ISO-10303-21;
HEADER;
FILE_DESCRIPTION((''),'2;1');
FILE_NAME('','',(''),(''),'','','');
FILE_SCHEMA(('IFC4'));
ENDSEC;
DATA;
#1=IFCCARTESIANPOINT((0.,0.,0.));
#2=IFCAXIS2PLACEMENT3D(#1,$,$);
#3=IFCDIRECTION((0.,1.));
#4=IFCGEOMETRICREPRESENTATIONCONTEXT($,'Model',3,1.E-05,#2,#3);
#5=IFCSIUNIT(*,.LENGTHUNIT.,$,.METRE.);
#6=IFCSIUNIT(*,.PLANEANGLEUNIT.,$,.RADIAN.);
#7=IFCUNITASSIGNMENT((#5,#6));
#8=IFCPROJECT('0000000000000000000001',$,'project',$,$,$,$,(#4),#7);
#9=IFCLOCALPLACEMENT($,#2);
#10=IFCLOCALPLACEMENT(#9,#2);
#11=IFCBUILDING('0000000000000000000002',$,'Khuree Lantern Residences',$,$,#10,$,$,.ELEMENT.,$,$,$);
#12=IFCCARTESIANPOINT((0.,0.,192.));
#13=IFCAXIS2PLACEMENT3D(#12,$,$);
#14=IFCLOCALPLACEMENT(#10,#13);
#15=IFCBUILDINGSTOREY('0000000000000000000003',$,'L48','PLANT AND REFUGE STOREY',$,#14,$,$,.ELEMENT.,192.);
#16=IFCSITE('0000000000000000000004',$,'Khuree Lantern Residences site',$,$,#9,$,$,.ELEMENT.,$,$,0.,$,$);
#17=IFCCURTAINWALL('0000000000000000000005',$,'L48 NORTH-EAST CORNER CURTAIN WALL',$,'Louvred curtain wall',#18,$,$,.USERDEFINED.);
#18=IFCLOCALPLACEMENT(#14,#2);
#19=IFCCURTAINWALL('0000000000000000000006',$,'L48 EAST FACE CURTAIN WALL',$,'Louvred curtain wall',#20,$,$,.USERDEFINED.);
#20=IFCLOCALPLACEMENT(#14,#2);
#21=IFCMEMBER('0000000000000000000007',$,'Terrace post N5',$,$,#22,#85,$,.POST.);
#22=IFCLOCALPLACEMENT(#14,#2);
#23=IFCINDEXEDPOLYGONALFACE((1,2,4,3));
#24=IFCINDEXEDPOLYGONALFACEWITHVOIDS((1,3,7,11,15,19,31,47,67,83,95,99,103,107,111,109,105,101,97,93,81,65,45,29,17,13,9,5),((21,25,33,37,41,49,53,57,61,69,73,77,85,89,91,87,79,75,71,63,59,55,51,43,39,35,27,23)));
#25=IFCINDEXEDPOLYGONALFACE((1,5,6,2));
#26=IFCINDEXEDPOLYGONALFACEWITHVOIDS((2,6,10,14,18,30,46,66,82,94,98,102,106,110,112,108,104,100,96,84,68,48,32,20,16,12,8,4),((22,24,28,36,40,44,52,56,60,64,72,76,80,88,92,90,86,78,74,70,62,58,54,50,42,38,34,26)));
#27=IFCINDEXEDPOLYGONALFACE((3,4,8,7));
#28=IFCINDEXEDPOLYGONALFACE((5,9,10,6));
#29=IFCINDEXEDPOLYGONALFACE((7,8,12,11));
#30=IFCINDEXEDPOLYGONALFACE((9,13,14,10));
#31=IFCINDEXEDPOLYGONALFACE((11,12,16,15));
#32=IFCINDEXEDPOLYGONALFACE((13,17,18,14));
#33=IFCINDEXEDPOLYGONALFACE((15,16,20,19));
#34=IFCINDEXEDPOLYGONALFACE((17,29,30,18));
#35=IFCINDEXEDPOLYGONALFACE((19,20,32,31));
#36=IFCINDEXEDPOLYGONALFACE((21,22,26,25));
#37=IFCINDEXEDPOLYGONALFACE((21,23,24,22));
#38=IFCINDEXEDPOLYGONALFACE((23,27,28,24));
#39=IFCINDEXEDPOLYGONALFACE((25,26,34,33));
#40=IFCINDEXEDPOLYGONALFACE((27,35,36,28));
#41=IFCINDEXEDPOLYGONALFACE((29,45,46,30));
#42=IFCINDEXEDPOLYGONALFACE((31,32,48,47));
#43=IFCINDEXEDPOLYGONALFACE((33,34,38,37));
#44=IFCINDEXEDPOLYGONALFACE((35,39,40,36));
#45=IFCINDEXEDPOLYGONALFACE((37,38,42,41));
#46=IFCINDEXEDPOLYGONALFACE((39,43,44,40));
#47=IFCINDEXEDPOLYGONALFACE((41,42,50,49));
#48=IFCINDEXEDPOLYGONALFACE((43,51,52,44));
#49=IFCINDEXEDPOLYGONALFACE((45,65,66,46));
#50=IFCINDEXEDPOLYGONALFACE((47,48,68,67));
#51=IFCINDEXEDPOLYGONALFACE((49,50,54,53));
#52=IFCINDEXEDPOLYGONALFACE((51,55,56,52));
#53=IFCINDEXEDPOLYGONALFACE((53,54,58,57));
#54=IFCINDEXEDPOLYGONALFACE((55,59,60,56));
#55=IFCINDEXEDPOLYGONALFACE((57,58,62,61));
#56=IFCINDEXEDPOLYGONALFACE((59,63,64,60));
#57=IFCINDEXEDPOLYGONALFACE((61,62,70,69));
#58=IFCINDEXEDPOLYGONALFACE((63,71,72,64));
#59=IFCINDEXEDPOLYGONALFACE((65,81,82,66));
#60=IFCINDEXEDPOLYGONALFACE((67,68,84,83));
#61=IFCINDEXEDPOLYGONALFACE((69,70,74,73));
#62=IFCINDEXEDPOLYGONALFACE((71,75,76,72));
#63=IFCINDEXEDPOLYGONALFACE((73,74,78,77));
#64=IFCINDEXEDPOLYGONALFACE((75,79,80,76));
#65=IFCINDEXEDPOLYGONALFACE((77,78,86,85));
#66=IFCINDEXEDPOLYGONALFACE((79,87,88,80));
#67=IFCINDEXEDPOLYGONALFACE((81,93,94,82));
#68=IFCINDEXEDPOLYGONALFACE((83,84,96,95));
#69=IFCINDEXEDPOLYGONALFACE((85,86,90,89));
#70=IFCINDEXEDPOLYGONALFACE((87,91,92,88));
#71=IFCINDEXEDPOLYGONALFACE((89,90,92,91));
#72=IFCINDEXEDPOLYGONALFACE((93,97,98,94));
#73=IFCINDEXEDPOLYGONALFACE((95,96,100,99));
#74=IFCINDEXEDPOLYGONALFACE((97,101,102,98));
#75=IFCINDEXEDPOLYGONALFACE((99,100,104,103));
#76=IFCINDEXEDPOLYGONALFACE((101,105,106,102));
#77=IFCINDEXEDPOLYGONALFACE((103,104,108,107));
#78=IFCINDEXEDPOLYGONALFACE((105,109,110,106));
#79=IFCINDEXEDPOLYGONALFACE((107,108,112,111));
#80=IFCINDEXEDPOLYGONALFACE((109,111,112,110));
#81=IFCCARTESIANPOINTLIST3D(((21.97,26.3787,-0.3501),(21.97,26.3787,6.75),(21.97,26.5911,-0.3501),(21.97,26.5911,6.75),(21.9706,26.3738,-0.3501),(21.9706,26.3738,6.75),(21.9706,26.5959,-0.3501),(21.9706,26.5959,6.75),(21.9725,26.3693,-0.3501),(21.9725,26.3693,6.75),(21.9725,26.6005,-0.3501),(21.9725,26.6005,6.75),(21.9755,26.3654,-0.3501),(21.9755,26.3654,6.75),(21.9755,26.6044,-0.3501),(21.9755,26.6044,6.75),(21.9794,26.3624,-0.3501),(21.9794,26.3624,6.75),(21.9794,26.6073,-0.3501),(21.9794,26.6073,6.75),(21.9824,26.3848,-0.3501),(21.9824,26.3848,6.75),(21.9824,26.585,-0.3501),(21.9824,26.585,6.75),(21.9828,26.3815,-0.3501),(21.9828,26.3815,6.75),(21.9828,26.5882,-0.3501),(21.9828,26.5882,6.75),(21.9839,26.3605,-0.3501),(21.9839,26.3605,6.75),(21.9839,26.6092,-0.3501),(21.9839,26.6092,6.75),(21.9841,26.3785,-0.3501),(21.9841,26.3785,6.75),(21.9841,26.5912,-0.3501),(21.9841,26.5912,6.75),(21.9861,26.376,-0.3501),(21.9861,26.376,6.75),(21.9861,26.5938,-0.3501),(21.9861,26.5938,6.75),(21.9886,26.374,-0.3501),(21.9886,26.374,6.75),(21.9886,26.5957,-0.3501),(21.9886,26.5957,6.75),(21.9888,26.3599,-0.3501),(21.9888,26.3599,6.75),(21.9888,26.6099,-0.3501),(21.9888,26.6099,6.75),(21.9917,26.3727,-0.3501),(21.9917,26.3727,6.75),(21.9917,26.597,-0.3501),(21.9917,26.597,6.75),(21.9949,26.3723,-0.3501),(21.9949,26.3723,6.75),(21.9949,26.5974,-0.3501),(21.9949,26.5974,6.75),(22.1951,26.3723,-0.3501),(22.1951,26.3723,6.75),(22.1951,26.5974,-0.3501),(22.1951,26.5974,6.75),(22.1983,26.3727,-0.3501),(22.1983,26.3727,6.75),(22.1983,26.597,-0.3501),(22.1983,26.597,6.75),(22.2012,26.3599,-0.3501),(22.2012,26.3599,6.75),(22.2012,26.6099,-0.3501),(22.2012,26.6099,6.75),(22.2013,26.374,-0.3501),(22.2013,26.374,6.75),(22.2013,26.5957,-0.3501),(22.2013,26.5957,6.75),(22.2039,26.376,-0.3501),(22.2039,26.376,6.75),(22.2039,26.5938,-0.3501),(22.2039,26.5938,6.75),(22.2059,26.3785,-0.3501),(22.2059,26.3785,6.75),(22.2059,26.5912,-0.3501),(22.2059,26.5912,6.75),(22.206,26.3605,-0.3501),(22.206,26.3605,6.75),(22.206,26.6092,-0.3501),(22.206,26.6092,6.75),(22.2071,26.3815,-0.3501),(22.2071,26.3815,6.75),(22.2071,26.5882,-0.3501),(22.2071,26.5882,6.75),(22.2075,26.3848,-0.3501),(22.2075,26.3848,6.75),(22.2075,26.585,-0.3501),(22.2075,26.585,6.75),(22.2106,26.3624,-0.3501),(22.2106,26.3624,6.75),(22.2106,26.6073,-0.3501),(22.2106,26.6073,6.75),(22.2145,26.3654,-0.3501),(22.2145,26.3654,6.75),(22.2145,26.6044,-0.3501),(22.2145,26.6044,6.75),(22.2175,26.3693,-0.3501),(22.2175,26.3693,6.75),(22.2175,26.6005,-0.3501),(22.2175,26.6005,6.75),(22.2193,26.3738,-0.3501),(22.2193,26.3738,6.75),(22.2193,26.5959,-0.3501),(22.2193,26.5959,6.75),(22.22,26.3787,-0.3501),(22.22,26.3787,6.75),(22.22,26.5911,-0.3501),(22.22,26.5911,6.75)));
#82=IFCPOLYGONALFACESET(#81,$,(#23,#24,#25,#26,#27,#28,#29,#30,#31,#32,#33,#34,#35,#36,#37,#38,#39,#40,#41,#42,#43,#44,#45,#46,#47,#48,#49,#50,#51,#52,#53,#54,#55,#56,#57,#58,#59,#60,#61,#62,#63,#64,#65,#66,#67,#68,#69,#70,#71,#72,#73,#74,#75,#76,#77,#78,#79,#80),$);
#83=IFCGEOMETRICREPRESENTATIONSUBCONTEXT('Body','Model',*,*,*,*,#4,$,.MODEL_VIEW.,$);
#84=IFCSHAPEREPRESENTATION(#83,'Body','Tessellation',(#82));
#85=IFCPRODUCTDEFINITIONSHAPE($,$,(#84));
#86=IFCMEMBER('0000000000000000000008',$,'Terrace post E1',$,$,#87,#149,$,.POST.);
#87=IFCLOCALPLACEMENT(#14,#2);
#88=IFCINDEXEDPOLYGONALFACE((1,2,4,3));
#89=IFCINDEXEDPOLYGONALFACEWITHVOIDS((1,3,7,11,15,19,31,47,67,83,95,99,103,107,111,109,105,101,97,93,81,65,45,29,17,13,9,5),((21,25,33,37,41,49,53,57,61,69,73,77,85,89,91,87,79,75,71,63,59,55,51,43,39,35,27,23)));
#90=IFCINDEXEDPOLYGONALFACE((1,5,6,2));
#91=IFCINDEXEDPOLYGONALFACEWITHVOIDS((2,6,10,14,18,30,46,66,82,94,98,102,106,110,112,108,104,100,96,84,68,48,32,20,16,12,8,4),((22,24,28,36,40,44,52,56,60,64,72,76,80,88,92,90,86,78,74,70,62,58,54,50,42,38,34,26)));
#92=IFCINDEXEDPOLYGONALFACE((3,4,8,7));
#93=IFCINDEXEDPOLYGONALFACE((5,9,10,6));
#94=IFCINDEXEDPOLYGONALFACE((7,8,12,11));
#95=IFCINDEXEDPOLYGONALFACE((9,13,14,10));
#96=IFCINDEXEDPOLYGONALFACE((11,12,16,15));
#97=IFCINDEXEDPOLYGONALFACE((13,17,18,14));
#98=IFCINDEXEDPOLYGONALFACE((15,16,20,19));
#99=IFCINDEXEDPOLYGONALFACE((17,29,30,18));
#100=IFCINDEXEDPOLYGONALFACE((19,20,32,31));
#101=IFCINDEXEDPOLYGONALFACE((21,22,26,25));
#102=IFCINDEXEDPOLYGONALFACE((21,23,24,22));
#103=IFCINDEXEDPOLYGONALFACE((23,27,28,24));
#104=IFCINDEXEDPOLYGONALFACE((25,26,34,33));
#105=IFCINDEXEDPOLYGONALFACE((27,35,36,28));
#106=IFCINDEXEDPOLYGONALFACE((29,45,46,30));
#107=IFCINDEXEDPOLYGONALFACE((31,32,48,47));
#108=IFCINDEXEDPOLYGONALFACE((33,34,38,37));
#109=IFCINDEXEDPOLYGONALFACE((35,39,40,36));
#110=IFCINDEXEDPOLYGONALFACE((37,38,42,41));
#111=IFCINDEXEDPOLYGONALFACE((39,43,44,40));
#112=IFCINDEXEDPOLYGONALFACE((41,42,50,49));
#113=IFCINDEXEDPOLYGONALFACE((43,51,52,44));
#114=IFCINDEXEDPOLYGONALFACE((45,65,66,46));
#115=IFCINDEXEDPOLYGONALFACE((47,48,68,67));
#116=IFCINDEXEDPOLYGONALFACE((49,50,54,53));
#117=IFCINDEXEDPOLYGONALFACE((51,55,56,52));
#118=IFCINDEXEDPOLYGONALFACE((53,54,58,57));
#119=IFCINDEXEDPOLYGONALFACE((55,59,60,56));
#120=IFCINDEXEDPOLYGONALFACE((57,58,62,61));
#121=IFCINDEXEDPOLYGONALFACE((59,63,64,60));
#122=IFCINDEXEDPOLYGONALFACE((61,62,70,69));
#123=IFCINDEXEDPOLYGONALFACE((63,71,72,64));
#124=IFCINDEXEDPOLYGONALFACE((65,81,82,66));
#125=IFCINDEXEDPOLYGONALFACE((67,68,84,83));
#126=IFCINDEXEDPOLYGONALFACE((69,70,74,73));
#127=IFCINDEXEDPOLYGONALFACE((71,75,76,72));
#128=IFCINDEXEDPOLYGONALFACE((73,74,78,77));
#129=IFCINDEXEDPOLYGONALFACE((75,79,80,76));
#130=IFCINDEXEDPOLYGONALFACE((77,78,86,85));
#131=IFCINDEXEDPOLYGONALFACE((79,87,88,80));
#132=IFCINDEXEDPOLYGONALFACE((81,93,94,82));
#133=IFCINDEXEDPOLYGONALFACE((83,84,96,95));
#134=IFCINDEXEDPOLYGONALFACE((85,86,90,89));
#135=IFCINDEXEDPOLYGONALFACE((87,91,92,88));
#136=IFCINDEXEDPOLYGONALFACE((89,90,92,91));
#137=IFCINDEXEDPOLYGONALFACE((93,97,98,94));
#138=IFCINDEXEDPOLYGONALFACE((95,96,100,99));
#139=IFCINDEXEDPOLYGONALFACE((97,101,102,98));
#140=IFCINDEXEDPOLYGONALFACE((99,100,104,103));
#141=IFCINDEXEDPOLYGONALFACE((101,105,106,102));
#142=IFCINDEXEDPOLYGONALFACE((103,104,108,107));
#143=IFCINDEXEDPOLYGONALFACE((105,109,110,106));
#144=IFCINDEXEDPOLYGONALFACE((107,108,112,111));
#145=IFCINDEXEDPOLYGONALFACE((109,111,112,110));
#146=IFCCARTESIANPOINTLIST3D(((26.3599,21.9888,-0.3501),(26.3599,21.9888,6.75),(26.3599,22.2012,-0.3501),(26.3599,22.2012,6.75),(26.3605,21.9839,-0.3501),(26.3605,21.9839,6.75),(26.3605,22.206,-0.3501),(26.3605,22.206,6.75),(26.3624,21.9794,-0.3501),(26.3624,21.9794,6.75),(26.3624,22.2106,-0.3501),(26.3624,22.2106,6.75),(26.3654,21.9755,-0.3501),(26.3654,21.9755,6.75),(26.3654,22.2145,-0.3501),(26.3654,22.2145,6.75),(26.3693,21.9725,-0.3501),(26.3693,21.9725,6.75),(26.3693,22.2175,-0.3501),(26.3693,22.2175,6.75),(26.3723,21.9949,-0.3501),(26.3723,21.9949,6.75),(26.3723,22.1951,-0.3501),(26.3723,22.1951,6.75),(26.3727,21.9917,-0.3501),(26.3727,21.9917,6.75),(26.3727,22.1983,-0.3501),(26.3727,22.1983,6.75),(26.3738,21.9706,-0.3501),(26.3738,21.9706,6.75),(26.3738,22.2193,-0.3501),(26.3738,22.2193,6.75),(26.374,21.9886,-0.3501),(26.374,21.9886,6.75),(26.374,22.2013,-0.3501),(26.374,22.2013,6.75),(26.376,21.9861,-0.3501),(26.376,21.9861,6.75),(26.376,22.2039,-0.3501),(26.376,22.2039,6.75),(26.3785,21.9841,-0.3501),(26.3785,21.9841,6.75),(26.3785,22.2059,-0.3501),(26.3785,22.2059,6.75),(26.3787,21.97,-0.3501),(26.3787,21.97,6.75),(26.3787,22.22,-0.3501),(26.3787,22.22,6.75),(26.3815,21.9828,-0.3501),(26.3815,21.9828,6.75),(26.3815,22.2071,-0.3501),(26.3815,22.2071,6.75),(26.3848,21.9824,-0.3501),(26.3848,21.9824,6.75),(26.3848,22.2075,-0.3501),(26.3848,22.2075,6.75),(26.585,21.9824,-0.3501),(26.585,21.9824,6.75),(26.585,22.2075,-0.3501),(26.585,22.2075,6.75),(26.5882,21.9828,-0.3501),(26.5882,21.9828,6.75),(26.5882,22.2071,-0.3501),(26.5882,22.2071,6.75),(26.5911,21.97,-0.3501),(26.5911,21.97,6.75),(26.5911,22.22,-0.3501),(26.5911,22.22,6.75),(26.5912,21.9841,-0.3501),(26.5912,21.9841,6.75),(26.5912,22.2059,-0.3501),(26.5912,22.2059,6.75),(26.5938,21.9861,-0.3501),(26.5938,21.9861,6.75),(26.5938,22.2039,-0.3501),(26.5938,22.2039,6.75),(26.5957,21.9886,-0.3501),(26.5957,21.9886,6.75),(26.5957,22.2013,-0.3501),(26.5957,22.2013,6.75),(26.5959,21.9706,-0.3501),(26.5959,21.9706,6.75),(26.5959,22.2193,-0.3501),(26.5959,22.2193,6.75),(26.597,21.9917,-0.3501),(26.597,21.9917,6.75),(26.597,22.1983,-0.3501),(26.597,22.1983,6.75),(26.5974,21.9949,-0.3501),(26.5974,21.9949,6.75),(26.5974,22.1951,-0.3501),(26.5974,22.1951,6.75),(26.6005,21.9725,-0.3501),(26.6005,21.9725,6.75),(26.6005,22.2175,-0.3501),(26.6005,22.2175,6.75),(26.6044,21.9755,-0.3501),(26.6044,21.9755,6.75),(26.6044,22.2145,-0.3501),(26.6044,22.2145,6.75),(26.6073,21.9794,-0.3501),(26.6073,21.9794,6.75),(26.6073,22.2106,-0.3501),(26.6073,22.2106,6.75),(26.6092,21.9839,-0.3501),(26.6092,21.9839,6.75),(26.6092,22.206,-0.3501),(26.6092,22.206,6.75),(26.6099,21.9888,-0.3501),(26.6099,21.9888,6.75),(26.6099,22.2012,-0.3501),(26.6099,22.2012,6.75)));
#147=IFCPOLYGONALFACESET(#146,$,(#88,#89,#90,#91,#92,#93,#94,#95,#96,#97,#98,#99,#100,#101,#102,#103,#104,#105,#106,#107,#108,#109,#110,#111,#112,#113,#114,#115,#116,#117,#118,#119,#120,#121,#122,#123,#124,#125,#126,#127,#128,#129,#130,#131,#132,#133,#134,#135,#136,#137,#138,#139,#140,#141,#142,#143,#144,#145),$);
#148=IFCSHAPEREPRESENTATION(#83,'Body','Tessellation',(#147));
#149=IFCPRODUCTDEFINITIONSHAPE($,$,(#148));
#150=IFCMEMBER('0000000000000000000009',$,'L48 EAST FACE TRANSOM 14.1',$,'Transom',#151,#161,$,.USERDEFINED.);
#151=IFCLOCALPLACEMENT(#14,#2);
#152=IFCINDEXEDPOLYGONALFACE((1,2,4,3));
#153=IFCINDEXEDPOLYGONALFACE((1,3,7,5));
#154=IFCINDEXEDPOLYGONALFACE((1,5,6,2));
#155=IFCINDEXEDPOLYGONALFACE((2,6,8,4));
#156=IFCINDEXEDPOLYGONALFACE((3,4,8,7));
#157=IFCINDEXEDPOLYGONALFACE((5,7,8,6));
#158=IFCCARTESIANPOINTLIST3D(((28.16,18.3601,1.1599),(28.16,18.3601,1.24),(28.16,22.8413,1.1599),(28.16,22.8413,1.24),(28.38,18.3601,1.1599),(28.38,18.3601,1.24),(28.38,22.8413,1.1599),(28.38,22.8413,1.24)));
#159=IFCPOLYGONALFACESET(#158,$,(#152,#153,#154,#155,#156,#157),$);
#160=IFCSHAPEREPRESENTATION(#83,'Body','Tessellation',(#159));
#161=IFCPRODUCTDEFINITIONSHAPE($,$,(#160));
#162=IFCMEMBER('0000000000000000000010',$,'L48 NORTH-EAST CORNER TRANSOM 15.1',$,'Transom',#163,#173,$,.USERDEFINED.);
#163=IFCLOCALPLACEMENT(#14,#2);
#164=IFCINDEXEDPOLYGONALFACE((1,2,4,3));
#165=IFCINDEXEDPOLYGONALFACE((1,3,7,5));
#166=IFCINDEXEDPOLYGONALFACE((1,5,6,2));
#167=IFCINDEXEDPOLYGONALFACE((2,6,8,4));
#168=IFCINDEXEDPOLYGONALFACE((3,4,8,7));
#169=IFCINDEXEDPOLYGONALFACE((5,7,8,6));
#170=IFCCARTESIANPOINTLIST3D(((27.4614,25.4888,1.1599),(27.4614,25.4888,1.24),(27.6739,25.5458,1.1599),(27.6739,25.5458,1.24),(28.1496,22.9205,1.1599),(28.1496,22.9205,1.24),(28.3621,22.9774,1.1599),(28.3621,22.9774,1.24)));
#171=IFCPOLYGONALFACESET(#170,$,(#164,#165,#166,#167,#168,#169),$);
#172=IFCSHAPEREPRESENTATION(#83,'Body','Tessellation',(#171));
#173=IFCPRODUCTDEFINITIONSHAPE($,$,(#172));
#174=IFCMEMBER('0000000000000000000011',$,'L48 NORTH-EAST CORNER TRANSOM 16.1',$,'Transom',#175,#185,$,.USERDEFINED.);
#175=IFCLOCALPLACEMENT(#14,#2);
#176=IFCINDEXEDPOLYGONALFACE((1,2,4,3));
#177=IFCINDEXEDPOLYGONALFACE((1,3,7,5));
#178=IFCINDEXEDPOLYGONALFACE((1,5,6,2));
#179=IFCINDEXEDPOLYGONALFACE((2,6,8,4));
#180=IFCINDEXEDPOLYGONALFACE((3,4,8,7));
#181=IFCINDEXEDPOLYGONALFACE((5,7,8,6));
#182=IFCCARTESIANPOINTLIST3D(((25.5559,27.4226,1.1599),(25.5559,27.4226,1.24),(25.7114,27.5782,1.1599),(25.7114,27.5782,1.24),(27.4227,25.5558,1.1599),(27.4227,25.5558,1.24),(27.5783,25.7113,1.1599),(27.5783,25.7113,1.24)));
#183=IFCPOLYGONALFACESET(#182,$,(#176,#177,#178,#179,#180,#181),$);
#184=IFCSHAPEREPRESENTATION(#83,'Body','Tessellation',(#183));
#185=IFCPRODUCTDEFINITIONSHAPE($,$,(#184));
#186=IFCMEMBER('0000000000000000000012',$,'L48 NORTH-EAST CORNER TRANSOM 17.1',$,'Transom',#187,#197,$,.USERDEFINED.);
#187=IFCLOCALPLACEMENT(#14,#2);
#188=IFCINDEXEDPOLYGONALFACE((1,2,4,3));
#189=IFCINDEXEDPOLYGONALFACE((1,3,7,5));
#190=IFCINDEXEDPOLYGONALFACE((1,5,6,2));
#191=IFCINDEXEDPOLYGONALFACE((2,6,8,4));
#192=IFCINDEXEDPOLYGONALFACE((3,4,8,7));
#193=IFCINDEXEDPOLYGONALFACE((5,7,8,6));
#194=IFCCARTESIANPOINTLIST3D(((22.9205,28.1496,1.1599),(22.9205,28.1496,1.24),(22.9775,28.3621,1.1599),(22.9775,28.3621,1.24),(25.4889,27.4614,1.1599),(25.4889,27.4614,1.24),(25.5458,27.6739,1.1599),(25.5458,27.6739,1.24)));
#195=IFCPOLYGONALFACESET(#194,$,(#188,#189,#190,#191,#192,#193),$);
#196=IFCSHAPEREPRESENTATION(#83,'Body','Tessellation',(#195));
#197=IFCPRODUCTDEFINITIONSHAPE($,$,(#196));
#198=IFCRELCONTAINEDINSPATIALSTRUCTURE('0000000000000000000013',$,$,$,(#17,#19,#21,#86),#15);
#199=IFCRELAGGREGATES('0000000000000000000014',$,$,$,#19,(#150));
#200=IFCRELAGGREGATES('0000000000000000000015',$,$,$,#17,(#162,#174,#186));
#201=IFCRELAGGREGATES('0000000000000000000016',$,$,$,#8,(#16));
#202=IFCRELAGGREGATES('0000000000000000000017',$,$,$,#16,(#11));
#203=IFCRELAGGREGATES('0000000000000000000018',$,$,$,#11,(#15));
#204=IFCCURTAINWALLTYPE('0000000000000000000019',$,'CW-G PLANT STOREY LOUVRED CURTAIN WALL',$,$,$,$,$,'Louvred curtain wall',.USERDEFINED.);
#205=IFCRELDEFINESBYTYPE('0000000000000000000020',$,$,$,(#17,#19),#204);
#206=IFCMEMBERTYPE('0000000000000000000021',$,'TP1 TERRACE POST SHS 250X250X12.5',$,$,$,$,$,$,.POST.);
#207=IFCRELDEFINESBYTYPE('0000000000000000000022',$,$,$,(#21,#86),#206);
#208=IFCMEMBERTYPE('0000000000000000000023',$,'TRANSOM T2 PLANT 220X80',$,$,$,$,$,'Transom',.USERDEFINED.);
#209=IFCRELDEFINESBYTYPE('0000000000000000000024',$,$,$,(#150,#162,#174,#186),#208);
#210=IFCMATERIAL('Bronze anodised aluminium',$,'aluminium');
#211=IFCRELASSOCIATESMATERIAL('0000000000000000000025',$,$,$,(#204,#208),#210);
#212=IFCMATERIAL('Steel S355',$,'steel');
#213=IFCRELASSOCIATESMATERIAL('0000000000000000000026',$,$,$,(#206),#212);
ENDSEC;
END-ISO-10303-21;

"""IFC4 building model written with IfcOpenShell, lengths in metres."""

from ifc_helpers import new_model, si_unit, direction, frame, origin, origin_2d, place, context, subcontext, project, spatial, rectangle, hollow_rectangle, extrude, material, material_profile, profile_set, type_object, element, aggregate, save


model = new_model("IFC4")

# Units and contexts
model_context = context("Model", 3, precision=1e-05, world=origin(), true_north=direction((0.0, 1.0)))
body_context = subcontext(model_context, "Body", "Model", "MODEL_VIEW")
ifc_project = project(units=[si_unit("LENGTHUNIT", "METRE"), si_unit("PLANEANGLEUNIT", "RADIAN")], contexts=[model_context])

# Site, building, storey
site_placement = place(None, origin())
site = spatial("IfcSite", under=ifc_project, at=site_placement, Name="Khuree Lantern Residences site", CompositionType="ELEMENT", RefElevation=0.0)
building_placement = place(site_placement, origin())
building = spatial("IfcBuilding", under=site, at=building_placement, Name="Khuree Lantern Residences", CompositionType="ELEMENT")
storey_placement = place(building_placement, frame((0.0, 0.0, 192.0)))
storey = spatial("IfcBuildingStorey", under=building, at=storey_placement, Name="L48", Description="PLANT AND REFUGE STOREY", CompositionType="ELEMENT", Elevation=192.0)

# Shared definitions
ifc_material_1 = material(Name="Steel S355", Category="steel")

# Curtain wall
ifc_material_2 = material(Name="Bronze anodised aluminium", Category="aluminium")
curtain_wall_type = type_object("IfcCurtainWallType", Name="CW-G PLANT STOREY LOUVRED CURTAIN WALL", ElementType="Louvred curtain wall", PredefinedType="USERDEFINED", material=ifc_material_2)
curtain_wall_1_placement = place(storey_placement, origin())
curtain_wall_1 = element("IfcCurtainWall", 1, at=curtain_wall_1_placement, inside=storey, type_object=curtain_wall_type, Name="L48 NORTH-EAST CORNER CURTAIN WALL", ObjectType="Louvred curtain wall", PredefinedType="USERDEFINED")

# Curtain wall
curtain_wall_2_placement = place(storey_placement, origin())
curtain_wall_2 = element("IfcCurtainWall", 2, at=curtain_wall_2_placement, inside=storey, type_object=curtain_wall_type, Name="L48 EAST FACE CURTAIN WALL", ObjectType="Louvred curtain wall", PredefinedType="USERDEFINED")

# Members
ifc_material_profile_1 = material_profile(ifc_material_1, hollow_rectangle(XDim=0.25, YDim=0.25, WallThickness=0.0125, InnerFilletRadius=0.0125, OuterFilletRadius=0.0188, at=origin_2d()), Name="SHS 250X250X12.5")
ifc_profile_set_1 = profile_set([ifc_material_profile_1], Name="Steel S355")
member_type_1 = type_object("IfcMemberType", Name="TP1 TERRACE POST SHS 250X250X12.5", PredefinedType="POST", material=ifc_profile_set_1)
for number, where, z_axis, x_axis, name in (
    (3, (22.095, 26.4849, -0.3501), (0.0, 0.0, 1.0), (1.0, 0.0, 0.0), "Terrace post N5"),
    (4, (26.4849, 22.095, -0.3501), (0.0, 0.0, 1.0), (1.0, 0.0, 0.0), "Terrace post E1"),
):
    element("IfcMember", number, at=place(storey_placement, frame(where, z_axis=z_axis, x_axis=x_axis)), inside=storey, type_object=member_type_1, Name=name, PredefinedType="POST", context=body_context, shape_type="SweptSolid", body=[
        extrude(hollow_rectangle(XDim=0.25, YDim=0.25, WallThickness=0.0125, InnerFilletRadius=0.0125, OuterFilletRadius=0.0188, at=origin_2d()), origin(), (0.0, 0.0, 1.0), 7.1001),
    ])

# Members
ifc_material_profile_2 = material_profile(ifc_material_2, rectangle(XDim=0.22, YDim=0.0801, at=origin_2d()), Name="T2 220X80")
ifc_profile_set_2 = profile_set([ifc_material_profile_2], Name="Bronze anodised aluminium")
member_type_2 = type_object("IfcMemberType", Name="TRANSOM T2 PLANT 220X80", ElementType="Transom", PredefinedType="USERDEFINED", material=ifc_profile_set_2)
member_1_placement = place(storey_placement, frame((28.27, 18.3601, 1.2), z_axis=(0.0, 1.0, 0.0), x_axis=(-1.0, 0.0, 0.0)))
member_1 = element("IfcMember", 5, at=member_1_placement, type_object=member_type_2, Name="L48 EAST FACE TRANSOM 14.1", ObjectType="Transom", PredefinedType="USERDEFINED", context=body_context, shape_type="SweptSolid", body=[
    extrude(rectangle(XDim=0.22, YDim=0.0801, at=origin_2d()), origin(), (0.0, 0.0, 1.0), 4.4812),
])
member_2_placement = place(storey_placement, frame((28.2559, 22.949, 1.2), z_axis=(-0.258834, 0.965922, 0.0), x_axis=(-0.965922, -0.258834, 0.0)))
member_2 = element("IfcMember", 6, at=member_2_placement, type_object=member_type_2, Name="L48 NORTH-EAST CORNER TRANSOM 15.1", ObjectType="Transom", PredefinedType="USERDEFINED", context=body_context, shape_type="SweptSolid", body=[
    extrude(rectangle(XDim=0.22, YDim=0.0801, at=origin_2d()), origin(), (0.0, 0.0, 1.0), 2.6589),
])
member_3_placement = place(storey_placement, frame((27.5005, 25.6335, 1.2), z_axis=(-0.707107, 0.707107, 0.0), x_axis=(-0.707107, -0.707107, 0.0)))
member_3 = element("IfcMember", 7, at=member_3_placement, type_object=member_type_2, Name="L48 NORTH-EAST CORNER TRANSOM 16.1", ObjectType="Transom", PredefinedType="USERDEFINED", context=body_context, shape_type="SweptSolid", body=[
    extrude(rectangle(XDim=0.22, YDim=0.0801, at=origin_2d()), origin(), (0.0, 0.0, 1.0), 2.6401),
])
member_4_placement = place(storey_placement, frame((25.5173, 27.5676, 1.2), z_axis=(-0.965922, 0.258834, 0.0), x_axis=(-0.258834, -0.965922, 0.0)))
member_4 = element("IfcMember", 8, at=member_4_placement, type_object=member_type_2, Name="L48 NORTH-EAST CORNER TRANSOM 17.1", ObjectType="Transom", PredefinedType="USERDEFINED", context=body_context, shape_type="SweptSolid", body=[
    extrude(rectangle(XDim=0.22, YDim=0.0801, at=origin_2d()), origin(), (0.0, 0.0, 1.0), 2.6589),
])

aggregate(curtain_wall_2, [member_1])
aggregate(curtain_wall_1, [member_2, member_3, member_4])

save(model, "model.ifc")
